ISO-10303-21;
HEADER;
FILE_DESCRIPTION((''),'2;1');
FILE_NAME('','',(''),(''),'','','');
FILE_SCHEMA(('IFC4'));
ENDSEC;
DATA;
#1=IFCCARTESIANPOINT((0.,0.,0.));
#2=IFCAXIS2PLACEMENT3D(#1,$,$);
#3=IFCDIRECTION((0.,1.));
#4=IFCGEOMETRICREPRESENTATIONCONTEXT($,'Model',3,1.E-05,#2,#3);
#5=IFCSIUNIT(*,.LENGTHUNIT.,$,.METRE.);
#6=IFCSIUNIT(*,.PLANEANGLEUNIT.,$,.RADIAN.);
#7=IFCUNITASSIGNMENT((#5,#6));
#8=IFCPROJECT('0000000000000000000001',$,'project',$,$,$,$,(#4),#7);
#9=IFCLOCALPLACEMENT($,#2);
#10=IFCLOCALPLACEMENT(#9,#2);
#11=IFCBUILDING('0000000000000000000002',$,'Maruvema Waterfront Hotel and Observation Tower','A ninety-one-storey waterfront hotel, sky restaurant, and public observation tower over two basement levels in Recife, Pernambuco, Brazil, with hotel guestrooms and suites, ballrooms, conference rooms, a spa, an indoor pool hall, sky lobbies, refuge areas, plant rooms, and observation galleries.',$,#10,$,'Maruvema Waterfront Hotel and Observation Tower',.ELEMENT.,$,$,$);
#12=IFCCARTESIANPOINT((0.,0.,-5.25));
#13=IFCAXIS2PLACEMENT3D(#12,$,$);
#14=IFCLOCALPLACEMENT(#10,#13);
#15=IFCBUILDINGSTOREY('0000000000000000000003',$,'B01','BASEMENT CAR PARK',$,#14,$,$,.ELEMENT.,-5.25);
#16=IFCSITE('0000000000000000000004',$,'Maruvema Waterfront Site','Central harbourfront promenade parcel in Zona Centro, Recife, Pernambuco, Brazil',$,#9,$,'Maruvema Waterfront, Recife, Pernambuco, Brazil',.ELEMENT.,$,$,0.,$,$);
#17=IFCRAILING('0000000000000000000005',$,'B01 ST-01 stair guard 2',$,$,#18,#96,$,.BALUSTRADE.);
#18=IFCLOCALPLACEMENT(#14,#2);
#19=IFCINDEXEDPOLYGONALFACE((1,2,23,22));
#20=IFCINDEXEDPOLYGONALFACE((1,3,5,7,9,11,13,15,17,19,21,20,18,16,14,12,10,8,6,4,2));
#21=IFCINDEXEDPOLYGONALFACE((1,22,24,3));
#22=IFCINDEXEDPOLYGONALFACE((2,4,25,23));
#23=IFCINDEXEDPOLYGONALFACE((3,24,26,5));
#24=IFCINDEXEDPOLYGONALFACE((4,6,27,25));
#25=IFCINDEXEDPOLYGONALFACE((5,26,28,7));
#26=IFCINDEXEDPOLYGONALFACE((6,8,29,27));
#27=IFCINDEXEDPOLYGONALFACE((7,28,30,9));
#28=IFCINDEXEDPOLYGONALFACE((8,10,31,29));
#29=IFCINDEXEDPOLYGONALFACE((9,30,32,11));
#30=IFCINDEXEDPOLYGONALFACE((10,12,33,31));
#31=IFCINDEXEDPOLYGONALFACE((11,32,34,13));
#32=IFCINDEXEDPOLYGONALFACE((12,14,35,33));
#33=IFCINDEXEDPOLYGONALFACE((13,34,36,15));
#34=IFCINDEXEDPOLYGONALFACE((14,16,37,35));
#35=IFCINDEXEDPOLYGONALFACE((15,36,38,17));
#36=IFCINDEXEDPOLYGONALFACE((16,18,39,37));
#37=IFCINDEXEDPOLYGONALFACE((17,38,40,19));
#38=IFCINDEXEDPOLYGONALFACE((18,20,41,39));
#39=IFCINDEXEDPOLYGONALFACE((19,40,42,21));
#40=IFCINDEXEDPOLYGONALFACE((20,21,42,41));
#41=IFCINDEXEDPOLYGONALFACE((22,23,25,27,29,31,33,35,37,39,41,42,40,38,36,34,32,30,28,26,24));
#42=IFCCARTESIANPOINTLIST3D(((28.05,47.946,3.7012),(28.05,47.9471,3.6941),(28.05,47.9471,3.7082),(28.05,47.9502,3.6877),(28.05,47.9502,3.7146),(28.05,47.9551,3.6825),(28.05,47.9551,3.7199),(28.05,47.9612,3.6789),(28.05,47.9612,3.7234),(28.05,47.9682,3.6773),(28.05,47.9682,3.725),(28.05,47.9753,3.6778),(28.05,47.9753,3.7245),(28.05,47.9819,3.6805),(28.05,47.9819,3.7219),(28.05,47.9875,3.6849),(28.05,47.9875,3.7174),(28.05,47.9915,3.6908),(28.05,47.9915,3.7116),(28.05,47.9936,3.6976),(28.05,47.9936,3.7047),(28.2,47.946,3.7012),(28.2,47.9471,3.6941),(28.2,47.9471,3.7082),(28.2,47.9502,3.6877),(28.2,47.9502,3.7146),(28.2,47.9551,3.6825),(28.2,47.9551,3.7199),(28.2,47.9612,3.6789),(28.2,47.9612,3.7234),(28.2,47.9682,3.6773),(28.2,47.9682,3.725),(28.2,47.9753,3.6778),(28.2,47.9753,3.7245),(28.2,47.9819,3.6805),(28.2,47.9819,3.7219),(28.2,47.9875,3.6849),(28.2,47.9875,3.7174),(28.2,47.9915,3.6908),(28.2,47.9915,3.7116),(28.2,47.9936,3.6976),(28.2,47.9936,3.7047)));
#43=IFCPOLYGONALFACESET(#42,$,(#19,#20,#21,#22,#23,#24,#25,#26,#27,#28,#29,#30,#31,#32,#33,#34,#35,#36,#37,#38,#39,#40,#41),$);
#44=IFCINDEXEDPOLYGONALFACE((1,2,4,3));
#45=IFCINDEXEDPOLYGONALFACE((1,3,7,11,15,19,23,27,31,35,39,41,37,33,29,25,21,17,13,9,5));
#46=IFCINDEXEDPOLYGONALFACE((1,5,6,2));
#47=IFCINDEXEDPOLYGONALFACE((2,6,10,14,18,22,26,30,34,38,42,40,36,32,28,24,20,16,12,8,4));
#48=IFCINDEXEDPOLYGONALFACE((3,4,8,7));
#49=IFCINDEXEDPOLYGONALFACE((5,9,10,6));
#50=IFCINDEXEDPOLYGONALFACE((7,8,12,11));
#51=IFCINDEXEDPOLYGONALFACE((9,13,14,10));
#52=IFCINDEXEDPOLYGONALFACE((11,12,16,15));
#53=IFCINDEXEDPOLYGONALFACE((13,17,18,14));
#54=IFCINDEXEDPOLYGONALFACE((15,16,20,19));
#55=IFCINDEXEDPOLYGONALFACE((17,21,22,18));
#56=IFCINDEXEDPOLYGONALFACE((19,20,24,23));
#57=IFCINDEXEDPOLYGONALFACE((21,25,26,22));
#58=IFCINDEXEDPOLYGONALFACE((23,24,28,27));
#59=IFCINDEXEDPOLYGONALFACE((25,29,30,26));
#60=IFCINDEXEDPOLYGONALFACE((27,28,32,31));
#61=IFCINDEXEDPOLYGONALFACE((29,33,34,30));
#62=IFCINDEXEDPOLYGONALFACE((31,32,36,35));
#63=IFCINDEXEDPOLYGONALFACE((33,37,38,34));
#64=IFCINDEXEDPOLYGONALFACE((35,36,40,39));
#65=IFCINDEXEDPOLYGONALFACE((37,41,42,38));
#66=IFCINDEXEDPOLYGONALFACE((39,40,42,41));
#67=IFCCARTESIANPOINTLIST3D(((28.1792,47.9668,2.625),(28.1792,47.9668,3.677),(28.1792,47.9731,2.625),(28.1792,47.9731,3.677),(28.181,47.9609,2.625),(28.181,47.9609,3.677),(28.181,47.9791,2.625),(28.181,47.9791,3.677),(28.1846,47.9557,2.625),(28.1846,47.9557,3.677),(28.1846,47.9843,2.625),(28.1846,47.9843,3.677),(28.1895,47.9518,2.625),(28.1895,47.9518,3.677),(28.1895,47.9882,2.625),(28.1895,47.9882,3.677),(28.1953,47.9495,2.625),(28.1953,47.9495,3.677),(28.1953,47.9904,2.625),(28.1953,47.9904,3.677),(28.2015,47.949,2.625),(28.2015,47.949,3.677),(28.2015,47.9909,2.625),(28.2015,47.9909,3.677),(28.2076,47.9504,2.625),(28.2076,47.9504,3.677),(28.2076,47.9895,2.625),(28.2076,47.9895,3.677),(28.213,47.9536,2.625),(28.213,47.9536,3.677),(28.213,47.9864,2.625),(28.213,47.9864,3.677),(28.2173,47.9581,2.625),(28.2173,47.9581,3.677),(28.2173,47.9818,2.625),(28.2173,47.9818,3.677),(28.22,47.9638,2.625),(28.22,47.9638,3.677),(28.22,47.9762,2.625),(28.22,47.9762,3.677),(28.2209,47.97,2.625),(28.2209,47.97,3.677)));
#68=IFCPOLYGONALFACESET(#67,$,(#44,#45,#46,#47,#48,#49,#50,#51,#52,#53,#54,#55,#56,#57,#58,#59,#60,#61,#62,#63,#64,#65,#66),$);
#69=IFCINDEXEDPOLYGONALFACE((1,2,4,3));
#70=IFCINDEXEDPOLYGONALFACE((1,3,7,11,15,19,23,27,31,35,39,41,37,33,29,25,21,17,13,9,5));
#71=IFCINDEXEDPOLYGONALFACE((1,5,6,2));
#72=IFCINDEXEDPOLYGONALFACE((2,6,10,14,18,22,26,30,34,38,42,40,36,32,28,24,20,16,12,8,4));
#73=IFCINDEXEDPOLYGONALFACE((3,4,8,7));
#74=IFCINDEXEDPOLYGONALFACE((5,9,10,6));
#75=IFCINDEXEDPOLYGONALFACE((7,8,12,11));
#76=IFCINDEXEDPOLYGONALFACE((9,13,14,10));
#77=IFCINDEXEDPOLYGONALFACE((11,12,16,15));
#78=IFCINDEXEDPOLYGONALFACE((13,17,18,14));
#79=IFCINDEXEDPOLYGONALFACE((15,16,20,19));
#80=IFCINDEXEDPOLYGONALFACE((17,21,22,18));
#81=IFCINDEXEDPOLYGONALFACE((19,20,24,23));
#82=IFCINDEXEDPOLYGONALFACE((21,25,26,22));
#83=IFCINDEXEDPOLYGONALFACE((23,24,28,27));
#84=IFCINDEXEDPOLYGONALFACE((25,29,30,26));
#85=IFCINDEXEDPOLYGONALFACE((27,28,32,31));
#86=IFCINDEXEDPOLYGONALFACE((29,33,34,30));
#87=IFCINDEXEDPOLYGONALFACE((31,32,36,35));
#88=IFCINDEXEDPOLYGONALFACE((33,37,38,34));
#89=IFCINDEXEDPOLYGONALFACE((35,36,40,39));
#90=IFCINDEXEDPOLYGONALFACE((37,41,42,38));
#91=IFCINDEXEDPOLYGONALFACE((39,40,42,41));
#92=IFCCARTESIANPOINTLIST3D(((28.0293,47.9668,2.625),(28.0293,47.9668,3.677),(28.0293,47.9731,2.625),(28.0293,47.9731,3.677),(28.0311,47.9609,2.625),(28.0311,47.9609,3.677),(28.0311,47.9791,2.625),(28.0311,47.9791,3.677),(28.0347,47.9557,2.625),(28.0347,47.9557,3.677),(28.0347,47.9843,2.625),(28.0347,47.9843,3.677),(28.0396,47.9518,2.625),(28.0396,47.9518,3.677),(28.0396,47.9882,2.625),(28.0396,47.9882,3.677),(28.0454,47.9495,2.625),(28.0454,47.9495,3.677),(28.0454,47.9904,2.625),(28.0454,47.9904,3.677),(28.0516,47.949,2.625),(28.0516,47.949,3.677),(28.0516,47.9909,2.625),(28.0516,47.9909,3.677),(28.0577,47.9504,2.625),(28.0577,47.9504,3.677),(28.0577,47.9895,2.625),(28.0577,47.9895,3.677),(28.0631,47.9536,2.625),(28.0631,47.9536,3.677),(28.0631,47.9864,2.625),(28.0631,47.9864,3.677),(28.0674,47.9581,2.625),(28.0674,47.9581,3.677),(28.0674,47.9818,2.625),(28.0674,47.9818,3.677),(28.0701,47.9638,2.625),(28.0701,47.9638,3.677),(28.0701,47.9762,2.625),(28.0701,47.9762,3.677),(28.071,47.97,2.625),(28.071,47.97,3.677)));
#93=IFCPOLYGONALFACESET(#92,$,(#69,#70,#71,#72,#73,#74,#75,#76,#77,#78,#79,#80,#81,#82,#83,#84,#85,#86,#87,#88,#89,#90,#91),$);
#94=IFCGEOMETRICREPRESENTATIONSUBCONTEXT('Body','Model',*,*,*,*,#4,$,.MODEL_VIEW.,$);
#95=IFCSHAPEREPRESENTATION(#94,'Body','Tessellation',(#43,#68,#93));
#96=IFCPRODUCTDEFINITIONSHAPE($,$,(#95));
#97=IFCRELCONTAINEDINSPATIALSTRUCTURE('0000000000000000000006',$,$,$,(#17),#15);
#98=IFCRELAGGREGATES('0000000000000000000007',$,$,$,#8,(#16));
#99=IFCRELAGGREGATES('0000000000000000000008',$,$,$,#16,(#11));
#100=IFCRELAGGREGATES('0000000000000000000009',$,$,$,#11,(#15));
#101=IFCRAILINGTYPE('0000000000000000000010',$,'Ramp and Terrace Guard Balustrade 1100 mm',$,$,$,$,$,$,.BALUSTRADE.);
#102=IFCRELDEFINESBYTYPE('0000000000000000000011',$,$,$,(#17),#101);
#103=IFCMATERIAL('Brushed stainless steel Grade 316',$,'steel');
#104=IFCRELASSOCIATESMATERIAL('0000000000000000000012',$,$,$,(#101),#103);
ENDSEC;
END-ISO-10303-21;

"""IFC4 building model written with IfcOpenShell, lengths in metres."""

from ifc_helpers import new_model, si_unit, direction, frame, origin, origin_2d, place, context, subcontext, project, spatial, circle, extrude, material, type_object, element, save


model = new_model("IFC4")

# Units and contexts
model_context = context("Model", 3, precision=1e-05, world=origin(), true_north=direction((0.0, 1.0)))
body_context = subcontext(model_context, "Body", "Model", "MODEL_VIEW")
ifc_project = project(units=[si_unit("LENGTHUNIT", "METRE"), si_unit("PLANEANGLEUNIT", "RADIAN")], contexts=[model_context])

# Site, building, storey
site_placement = place(None, origin())
site = spatial("IfcSite", under=ifc_project, at=site_placement, Name="Maruvema Waterfront Site", Description="Central harbourfront promenade parcel in Zona Centro, Recife, Pernambuco, Brazil", LongName="Maruvema Waterfront, Recife, Pernambuco, Brazil", CompositionType="ELEMENT", RefElevation=0.0)
building_placement = place(site_placement, origin())
building = spatial("IfcBuilding", under=site, at=building_placement, Name="Maruvema Waterfront Hotel and Observation Tower", Description="A ninety-one-storey waterfront hotel, sky restaurant, and public observation tower over two basement levels in Recife, Pernambuco, Brazil, with hotel guestrooms and suites, ballrooms, conference rooms, a spa, an indoor pool hall, sky lobbies, refuge areas, plant rooms, and observation galleries.", LongName="Maruvema Waterfront Hotel and Observation Tower", CompositionType="ELEMENT")
storey_placement = place(building_placement, frame((0.0, 0.0, -5.25)))
storey = spatial("IfcBuildingStorey", under=building, at=storey_placement, Name="B01", Description="BASEMENT CAR PARK", CompositionType="ELEMENT", Elevation=-5.25)

# Railing
ifc_material_1 = material(Name="Brushed stainless steel Grade 316", Category="steel")
railing_type_1 = type_object("IfcRailingType", Name="Ramp and Terrace Guard Balustrade 1100 mm", PredefinedType="BALUSTRADE", material=ifc_material_1)
railing_1_placement = place(storey_placement, frame((28.2, 47.97, 2.625)))
element("IfcRailing", 1, at=railing_1_placement, inside=storey, type_object=railing_type_1, Name="B01 ST-01 stair guard 2", PredefinedType="BALUSTRADE", context=body_context, shape_type="SweptSolid", body=[
    extrude(circle(Radius=0.0239, at=origin_2d()), frame((0.0, 0.0, 1.0762), z_axis=(-1.0, 0.0, 0.0), x_axis=(0.0, -1.0, 0.0)), (0.0, 0.0, 1.0), 0.1499),
    extrude(circle(Radius=0.021, at=origin_2d()), origin(), (0.0, 0.0, 1.0), 1.052),
    extrude(circle(Radius=0.021, at=origin_2d()), frame((-0.1499, 0.0, 0.0)), (0.0, 0.0, 1.0), 1.052),
])

save(model, "model.ifc")
